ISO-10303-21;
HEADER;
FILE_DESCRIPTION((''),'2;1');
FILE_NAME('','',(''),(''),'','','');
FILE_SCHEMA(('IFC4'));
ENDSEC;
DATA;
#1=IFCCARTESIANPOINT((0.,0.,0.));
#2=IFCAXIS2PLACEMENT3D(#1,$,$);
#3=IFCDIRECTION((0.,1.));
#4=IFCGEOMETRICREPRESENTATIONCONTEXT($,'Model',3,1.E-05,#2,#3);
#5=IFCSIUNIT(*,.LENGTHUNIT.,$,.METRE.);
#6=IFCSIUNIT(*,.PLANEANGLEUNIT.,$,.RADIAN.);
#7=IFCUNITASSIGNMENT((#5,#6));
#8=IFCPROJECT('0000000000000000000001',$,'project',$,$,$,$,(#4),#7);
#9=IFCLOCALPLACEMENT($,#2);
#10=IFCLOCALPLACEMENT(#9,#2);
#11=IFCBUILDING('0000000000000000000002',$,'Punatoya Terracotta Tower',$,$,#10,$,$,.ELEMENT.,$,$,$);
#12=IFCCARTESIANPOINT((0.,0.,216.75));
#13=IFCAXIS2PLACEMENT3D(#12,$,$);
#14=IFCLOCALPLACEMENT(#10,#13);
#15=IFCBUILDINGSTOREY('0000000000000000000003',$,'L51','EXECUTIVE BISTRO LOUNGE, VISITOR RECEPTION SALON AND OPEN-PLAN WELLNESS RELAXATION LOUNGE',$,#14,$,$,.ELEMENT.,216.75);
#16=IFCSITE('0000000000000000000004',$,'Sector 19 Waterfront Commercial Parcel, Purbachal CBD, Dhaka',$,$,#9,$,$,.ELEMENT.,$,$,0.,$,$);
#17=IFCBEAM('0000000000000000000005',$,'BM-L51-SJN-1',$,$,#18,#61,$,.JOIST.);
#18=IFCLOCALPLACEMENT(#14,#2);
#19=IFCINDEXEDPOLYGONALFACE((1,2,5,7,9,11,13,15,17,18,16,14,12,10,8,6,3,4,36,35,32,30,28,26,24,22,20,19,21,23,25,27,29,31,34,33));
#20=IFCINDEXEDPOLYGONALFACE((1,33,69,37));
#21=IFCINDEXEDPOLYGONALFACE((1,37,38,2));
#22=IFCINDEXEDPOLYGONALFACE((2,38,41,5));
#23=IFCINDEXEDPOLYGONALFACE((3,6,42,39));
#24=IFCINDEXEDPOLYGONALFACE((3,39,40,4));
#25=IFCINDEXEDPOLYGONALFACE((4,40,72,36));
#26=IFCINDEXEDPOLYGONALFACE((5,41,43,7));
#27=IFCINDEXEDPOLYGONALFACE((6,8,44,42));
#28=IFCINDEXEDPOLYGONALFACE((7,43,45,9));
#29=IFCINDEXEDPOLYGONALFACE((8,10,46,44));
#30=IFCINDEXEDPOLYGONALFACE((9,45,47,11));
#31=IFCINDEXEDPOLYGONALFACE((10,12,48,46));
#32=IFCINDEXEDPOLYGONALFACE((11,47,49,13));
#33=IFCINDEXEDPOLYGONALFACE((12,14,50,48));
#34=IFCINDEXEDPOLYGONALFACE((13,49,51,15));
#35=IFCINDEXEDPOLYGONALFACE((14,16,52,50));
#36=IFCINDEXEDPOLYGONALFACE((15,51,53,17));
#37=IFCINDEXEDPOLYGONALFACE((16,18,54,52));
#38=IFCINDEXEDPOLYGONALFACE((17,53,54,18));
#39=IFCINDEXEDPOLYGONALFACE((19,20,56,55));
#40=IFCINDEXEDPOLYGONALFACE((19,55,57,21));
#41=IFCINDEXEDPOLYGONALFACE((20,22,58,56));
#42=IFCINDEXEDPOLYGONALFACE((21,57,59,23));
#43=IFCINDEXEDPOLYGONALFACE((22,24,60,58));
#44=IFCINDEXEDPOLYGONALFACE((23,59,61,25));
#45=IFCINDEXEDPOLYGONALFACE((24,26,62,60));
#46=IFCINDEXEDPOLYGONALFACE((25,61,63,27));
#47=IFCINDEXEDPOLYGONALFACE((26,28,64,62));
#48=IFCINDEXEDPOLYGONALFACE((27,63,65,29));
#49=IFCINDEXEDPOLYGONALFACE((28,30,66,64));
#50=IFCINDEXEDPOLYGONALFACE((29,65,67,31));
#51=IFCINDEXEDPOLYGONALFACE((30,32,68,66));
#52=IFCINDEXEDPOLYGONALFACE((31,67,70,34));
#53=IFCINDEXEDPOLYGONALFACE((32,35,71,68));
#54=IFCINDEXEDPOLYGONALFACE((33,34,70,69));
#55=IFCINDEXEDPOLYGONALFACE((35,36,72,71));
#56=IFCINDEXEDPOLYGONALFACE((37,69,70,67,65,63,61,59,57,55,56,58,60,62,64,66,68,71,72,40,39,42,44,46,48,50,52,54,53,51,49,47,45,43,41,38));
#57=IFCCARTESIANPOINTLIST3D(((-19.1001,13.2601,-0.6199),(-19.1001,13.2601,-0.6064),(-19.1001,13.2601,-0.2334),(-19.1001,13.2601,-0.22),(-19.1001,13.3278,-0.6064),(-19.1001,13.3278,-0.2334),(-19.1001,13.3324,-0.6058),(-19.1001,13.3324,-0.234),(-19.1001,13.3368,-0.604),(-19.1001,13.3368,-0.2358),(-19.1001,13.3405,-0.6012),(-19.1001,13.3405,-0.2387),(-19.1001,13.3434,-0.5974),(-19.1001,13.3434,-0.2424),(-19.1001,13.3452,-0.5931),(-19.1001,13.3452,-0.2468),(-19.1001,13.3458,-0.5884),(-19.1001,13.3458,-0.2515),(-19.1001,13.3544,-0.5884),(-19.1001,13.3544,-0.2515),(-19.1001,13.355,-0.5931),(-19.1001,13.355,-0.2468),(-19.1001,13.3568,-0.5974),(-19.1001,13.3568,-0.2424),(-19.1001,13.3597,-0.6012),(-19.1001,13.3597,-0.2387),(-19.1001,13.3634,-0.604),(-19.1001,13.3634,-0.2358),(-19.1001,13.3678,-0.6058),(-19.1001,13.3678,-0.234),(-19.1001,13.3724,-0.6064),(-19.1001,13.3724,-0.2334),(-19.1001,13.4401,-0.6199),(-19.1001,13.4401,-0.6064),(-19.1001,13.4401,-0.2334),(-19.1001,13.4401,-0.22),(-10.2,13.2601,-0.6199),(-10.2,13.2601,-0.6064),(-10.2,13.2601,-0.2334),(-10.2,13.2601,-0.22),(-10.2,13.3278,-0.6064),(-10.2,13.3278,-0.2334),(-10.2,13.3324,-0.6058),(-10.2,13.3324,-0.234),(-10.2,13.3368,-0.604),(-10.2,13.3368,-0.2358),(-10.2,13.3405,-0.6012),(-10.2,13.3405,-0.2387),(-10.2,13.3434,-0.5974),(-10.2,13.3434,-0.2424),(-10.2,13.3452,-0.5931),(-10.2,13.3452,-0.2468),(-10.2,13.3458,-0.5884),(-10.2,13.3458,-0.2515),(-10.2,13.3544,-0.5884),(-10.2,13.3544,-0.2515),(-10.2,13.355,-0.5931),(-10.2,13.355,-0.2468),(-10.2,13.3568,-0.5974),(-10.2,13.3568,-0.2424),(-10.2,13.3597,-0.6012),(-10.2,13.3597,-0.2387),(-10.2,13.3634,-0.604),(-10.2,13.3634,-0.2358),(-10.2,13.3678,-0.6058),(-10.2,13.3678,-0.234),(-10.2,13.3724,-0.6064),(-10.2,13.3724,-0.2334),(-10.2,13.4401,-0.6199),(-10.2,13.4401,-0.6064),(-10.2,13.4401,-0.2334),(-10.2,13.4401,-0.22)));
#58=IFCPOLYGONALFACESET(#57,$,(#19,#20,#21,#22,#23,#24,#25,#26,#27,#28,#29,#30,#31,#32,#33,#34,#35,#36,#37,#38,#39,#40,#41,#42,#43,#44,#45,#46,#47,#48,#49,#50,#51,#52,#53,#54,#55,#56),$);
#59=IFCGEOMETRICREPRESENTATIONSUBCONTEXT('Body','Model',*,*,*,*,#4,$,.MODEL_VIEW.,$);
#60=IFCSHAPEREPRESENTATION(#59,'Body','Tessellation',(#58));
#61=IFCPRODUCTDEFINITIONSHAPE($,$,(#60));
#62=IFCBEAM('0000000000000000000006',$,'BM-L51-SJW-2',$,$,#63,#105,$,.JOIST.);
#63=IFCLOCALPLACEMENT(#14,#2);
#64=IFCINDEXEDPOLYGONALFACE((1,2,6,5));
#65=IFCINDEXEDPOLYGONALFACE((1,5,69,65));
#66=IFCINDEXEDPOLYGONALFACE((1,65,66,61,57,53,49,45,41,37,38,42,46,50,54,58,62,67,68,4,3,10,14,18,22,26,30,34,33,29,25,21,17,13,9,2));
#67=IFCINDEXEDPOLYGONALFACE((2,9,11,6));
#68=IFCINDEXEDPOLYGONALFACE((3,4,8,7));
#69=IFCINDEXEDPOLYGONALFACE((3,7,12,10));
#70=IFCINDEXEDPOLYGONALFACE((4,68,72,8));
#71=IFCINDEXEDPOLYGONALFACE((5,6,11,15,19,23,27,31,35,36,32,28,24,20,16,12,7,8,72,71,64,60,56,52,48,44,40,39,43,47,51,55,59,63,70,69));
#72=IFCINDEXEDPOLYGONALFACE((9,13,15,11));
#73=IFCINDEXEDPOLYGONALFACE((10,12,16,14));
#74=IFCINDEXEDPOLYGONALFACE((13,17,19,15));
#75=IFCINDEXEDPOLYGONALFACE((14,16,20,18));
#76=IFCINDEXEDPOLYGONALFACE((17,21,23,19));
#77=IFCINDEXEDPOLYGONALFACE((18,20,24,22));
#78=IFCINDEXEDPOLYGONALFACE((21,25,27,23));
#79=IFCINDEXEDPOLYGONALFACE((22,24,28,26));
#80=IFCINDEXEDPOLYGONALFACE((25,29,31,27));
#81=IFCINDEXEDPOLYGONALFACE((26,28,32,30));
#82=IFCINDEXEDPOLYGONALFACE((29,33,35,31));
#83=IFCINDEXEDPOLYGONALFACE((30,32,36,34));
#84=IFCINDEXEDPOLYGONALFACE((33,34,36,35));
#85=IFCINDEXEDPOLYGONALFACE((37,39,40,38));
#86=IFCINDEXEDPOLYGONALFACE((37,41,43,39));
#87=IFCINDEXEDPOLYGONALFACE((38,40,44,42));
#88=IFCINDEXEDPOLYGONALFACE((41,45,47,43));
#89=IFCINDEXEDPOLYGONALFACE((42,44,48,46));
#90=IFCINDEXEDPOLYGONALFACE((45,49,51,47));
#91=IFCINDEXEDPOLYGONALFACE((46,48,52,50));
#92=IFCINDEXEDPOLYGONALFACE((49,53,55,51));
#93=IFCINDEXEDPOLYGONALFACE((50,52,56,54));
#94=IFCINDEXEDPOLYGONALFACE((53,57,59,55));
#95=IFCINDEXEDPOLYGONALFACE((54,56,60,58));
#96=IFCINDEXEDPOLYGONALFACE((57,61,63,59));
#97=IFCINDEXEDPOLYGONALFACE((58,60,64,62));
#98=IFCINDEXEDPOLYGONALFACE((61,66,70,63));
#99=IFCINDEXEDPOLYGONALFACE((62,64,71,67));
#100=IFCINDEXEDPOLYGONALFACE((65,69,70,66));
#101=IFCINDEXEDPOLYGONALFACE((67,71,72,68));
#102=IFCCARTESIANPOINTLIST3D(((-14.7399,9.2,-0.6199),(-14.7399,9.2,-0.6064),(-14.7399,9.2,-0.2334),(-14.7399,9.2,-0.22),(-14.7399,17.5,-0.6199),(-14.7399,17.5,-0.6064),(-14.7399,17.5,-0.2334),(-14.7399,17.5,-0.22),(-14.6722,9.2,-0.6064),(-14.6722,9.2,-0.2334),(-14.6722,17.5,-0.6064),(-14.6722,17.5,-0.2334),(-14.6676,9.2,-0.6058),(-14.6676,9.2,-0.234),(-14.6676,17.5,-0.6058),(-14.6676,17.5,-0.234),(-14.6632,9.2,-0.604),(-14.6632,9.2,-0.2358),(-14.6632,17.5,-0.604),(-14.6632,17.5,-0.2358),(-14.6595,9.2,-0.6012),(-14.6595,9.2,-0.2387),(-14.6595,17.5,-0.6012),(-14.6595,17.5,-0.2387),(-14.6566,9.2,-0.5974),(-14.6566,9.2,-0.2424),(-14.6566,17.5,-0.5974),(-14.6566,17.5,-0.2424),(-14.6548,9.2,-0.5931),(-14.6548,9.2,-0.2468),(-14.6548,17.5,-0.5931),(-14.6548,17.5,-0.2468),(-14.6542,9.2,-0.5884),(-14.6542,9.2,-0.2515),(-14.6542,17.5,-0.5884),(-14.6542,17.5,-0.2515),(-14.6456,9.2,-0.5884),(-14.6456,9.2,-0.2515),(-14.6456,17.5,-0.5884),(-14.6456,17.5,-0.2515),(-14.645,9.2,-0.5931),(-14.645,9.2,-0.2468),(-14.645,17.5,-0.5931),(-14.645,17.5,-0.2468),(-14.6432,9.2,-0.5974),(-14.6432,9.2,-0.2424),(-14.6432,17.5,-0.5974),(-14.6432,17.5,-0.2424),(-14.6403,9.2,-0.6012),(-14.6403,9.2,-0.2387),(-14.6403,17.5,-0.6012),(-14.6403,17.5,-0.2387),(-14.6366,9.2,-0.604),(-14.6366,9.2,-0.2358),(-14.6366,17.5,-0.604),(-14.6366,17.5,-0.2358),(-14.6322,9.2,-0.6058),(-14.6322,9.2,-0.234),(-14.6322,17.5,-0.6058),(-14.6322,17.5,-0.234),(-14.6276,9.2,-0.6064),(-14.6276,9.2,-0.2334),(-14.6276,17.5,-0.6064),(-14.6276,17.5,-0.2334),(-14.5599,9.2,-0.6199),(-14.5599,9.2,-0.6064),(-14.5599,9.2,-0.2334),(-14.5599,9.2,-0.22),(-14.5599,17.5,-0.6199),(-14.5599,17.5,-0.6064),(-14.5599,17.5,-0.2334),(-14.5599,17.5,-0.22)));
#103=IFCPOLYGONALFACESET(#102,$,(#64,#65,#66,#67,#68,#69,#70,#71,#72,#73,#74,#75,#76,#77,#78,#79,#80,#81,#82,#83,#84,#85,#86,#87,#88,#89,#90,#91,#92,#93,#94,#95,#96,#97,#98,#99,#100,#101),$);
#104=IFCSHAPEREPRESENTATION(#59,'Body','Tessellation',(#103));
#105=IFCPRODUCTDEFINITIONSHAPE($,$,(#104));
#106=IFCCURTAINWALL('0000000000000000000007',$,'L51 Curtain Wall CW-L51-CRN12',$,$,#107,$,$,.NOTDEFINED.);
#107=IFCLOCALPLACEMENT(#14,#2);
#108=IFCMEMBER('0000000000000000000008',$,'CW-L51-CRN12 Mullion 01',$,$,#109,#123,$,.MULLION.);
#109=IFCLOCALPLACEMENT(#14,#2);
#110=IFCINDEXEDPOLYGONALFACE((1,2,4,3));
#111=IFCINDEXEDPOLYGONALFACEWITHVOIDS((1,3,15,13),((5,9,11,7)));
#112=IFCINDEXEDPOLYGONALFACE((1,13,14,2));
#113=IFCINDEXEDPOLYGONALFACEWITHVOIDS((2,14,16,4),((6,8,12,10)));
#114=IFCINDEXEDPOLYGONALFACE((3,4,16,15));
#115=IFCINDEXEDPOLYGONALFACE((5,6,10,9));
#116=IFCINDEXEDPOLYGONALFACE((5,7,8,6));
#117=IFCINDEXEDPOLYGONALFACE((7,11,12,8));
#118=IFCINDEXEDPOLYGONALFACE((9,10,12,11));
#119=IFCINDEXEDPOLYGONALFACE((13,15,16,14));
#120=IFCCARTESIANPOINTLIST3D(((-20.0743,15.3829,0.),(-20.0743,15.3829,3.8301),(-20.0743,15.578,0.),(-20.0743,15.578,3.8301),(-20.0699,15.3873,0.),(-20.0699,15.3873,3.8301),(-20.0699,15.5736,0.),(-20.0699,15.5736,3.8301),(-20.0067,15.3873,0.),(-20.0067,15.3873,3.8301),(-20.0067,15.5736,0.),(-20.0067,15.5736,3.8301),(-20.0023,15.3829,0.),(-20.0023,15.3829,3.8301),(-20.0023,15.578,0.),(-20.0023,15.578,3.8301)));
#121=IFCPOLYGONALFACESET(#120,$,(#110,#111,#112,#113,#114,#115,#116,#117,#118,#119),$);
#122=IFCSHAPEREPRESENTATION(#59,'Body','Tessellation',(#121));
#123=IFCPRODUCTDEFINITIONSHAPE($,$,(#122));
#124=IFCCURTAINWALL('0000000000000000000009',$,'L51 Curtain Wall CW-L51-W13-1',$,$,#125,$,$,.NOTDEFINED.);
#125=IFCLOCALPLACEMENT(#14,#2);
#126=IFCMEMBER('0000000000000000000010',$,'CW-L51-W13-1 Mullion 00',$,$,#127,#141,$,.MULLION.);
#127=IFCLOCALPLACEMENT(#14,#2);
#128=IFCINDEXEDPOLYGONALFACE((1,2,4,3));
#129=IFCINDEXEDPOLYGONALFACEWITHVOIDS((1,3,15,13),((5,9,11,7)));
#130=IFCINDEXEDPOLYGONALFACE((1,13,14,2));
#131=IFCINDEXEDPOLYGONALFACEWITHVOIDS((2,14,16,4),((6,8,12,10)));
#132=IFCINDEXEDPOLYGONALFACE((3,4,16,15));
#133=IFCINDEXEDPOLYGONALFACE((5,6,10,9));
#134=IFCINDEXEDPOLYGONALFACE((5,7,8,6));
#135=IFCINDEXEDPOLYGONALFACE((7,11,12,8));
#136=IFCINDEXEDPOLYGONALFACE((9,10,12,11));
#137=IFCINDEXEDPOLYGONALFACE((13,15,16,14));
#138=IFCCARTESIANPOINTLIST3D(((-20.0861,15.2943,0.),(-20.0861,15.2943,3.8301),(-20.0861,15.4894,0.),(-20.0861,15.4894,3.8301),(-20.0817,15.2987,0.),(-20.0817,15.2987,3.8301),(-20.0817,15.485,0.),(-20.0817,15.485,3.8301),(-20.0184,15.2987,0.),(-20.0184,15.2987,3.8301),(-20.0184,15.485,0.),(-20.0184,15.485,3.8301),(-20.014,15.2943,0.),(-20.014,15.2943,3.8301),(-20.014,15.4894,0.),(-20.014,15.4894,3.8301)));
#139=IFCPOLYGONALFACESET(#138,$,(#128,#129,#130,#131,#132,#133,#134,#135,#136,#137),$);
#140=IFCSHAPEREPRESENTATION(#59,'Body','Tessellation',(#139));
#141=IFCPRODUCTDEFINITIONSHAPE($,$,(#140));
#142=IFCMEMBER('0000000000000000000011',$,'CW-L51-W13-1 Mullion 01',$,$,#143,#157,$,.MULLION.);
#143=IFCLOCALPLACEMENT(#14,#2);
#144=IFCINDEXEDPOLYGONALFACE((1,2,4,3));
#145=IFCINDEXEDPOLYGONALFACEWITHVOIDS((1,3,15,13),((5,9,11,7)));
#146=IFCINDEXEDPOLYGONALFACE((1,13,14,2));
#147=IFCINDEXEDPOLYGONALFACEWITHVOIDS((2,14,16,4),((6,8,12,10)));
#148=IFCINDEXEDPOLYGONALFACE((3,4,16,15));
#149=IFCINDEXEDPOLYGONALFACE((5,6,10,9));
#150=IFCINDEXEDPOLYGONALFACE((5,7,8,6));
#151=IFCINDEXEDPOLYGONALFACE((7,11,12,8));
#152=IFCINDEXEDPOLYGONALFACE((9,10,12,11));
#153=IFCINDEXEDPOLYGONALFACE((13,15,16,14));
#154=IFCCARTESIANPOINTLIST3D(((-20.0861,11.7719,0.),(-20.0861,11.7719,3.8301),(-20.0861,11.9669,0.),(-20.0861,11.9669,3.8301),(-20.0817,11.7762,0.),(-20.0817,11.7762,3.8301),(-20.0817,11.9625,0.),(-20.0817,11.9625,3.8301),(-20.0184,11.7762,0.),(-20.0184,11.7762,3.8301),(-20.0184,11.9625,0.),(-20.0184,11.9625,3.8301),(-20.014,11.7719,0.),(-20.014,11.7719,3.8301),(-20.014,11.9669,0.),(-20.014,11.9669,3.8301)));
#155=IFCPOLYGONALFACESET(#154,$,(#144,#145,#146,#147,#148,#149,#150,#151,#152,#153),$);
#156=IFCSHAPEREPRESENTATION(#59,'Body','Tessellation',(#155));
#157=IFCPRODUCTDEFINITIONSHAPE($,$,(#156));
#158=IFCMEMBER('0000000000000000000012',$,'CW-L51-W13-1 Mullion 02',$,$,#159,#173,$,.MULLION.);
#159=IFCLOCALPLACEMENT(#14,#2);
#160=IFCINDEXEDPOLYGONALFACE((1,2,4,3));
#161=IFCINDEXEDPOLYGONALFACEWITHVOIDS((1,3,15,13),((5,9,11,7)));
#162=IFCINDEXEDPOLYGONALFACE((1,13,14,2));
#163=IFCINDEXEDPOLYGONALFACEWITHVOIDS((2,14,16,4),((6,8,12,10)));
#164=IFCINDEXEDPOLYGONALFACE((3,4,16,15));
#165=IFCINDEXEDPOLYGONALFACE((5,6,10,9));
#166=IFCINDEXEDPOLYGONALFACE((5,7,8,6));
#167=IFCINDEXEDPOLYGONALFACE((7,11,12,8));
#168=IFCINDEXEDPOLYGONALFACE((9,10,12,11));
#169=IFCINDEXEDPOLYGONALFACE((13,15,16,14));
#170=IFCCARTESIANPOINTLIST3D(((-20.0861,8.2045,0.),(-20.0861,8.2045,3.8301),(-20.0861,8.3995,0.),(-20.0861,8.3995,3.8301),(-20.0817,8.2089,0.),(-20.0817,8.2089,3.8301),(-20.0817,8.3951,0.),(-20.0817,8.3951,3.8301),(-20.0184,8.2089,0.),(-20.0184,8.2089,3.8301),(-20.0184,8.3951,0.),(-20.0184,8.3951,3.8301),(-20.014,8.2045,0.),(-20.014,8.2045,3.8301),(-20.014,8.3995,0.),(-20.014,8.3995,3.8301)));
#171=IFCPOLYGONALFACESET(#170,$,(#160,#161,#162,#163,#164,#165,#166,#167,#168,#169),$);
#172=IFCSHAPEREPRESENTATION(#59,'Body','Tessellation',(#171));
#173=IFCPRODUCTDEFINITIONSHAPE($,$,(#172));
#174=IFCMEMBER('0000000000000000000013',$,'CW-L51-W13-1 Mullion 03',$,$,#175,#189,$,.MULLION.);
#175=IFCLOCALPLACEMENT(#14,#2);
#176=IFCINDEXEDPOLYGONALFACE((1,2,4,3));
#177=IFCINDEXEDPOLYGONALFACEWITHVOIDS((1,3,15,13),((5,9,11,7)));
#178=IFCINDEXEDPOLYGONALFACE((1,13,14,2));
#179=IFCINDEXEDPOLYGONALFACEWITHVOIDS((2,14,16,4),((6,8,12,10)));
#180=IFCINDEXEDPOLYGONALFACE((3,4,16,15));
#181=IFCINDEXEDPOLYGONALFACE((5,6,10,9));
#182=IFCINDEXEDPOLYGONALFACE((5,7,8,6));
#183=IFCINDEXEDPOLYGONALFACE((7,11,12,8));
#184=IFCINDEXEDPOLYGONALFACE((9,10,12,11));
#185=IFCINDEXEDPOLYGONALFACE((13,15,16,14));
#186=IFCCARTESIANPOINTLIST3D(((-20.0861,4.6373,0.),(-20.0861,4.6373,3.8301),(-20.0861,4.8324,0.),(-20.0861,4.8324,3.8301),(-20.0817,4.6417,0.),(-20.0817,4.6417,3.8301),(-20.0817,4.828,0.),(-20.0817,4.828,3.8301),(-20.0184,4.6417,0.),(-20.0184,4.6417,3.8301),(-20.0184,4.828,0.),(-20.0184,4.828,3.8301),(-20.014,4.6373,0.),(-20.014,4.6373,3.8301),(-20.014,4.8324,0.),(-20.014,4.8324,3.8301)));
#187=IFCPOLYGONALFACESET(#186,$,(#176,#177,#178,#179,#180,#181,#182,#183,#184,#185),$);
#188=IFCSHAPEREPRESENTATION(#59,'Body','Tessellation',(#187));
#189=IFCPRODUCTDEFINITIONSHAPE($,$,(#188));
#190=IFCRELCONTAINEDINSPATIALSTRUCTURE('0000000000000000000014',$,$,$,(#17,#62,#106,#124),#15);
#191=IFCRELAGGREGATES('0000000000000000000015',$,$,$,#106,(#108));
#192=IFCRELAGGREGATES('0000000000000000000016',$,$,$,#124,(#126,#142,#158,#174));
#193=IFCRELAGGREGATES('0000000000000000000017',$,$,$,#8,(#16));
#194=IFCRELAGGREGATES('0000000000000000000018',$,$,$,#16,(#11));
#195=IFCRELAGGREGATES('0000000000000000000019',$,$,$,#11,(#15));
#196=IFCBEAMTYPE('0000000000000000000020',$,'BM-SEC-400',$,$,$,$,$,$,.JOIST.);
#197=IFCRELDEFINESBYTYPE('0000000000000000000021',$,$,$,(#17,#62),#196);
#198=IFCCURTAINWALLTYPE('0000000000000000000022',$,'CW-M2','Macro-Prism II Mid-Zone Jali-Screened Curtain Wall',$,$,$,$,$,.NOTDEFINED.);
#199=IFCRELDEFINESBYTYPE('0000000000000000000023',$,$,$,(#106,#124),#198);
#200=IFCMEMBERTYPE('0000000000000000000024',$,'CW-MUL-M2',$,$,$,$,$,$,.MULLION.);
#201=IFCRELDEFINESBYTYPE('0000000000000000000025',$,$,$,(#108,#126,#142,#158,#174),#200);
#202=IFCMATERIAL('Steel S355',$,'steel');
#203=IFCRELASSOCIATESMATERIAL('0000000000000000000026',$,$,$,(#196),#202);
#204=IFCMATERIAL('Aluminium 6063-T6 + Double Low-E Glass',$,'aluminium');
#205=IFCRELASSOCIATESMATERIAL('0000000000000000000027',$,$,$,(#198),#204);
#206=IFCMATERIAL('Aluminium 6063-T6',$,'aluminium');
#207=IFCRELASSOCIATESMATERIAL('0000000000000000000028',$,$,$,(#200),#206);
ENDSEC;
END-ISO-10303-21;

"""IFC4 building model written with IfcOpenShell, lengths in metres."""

from ifc_helpers import new_model, si_unit, direction, frame, origin, origin_2d, place, context, subcontext, project, spatial, hollow_rectangle, i_section, extrude, material, material_profile, profile_set, type_object, element, aggregate, save


model = new_model("IFC4")

# Units and contexts
model_context = context("Model", 3, precision=1e-05, world=origin(), true_north=direction((0.0, 1.0)))
body_context = subcontext(model_context, "Body", "Model", "MODEL_VIEW")
ifc_project = project(units=[si_unit("LENGTHUNIT", "METRE"), si_unit("PLANEANGLEUNIT", "RADIAN")], contexts=[model_context])

# Site, building, storey
site_placement = place(None, origin())
site = spatial("IfcSite", under=ifc_project, at=site_placement, Name="Sector 19 Waterfront Commercial Parcel, Purbachal CBD, Dhaka", CompositionType="ELEMENT", RefElevation=0.0)
building_placement = place(site_placement, origin())
building = spatial("IfcBuilding", under=site, at=building_placement, Name="Punatoya Terracotta Tower", CompositionType="ELEMENT")
storey_placement = place(building_placement, frame((0.0, 0.0, 216.75)))
storey = spatial("IfcBuildingStorey", under=building, at=storey_placement, Name="L51", Description="EXECUTIVE BISTRO LOUNGE, VISITOR RECEPTION SALON AND OPEN-PLAN WELLNESS RELAXATION LOUNGE", CompositionType="ELEMENT", Elevation=216.75)

# Beams
ifc_material_1 = material(Name="Steel S355", Category="steel")
ifc_material_profile_1 = material_profile(ifc_material_1, i_section(OverallWidth=0.1799, OverallDepth=0.3999, WebThickness=0.0085, FlangeThickness=0.0134, FilletRadius=0.0181, at=origin_2d()))
ifc_profile_set_1 = profile_set([ifc_material_profile_1], Name="Steel S355")
beam_type_1 = type_object("IfcBeamType", Name="BM-SEC-400", PredefinedType="JOIST", material=ifc_profile_set_1)
beam_1_placement = place(storey_placement, frame((-19.1001, 13.3501, -0.4199), z_axis=(1.0, 0.0, 0.0), x_axis=(0.0, 1.0, 0.0)))
element("IfcBeam", 1, at=beam_1_placement, inside=storey, type_object=beam_type_1, Name="BM-L51-SJN-1", PredefinedType="JOIST", context=body_context, shape_type="SweptSolid", body=[
    extrude(i_section(OverallWidth=0.1799, OverallDepth=0.3999, WebThickness=0.0085, FlangeThickness=0.0134, FilletRadius=0.0181, at=origin_2d()), origin(), (0.0, 0.0, 1.0), 8.9001),
])
beam_2_placement = place(storey_placement, frame((-14.6499, 9.2, -0.4199), z_axis=(0.0, 1.0, 0.0), x_axis=(-1.0, 0.0, 0.0)))
element("IfcBeam", 2, at=beam_2_placement, inside=storey, type_object=beam_type_1, Name="BM-L51-SJW-2", PredefinedType="JOIST", context=body_context, shape_type="SweptSolid", body=[
    extrude(i_section(OverallWidth=0.1799, OverallDepth=0.3999, WebThickness=0.0085, FlangeThickness=0.0134, FilletRadius=0.0181, at=origin_2d()), origin(), (0.0, 0.0, 1.0), 8.3),
])

# Curtain wall, member
ifc_material_2 = material(Name="Aluminium 6063-T6 + Double Low-E Glass", Category="aluminium")
curtain_wall_type = type_object("IfcCurtainWallType", Name="CW-M2", Description="Macro-Prism II Mid-Zone Jali-Screened Curtain Wall", PredefinedType="NOTDEFINED", material=ifc_material_2)
curtain_wall_1_placement = place(storey_placement, origin())
curtain_wall_1 = element("IfcCurtainWall", 3, at=curtain_wall_1_placement, inside=storey, type_object=curtain_wall_type, Name="L51 Curtain Wall CW-L51-CRN12", PredefinedType="NOTDEFINED")
ifc_material_3 = material(Name="Aluminium 6063-T6", Category="aluminium")
ifc_material_profile_2 = material_profile(ifc_material_3, hollow_rectangle(XDim=0.072, YDim=0.1951, WallThickness=0.0044, at=origin_2d()))
ifc_profile_set_2 = profile_set([ifc_material_profile_2], Name="Aluminium 6063-T6")
member_type_1 = type_object("IfcMemberType", Name="CW-MUL-M2", PredefinedType="MULLION", material=ifc_profile_set_2)
member_1_placement = place(storey_placement, frame((-20.0383, 15.4805, 0.0), z_axis=(0.0, 0.0, 1.0), x_axis=(1.0, 0.0, 0.0)))
member_1 = element("IfcMember", 4, at=member_1_placement, type_object=member_type_1, Name="CW-L51-CRN12 Mullion 01", PredefinedType="MULLION", context=body_context, shape_type="SweptSolid", body=[
    extrude(hollow_rectangle(XDim=0.072, YDim=0.1951, WallThickness=0.0044, at=origin_2d()), origin(), (0.0, 0.0, 1.0), 3.8301),
])
aggregate(curtain_wall_1, [member_1])

# Curtain wall, members
curtain_wall_2_placement = place(storey_placement, origin())
curtain_wall_2 = element("IfcCurtainWall", 5, at=curtain_wall_2_placement, inside=storey, type_object=curtain_wall_type, Name="L51 Curtain Wall CW-L51-W13-1", PredefinedType="NOTDEFINED")
member_2_placement = place(storey_placement, frame((-20.05, 15.3918, 0.0), z_axis=(0.0, 0.0, 1.0), x_axis=(1.0, 0.0, 0.0)))
member_2 = element("IfcMember", 6, at=member_2_placement, type_object=member_type_1, Name="CW-L51-W13-1 Mullion 00", PredefinedType="MULLION", context=body_context, shape_type="SweptSolid", body=[
    extrude(hollow_rectangle(XDim=0.072, YDim=0.1951, WallThickness=0.0044, at=origin_2d()), origin(), (0.0, 0.0, 1.0), 3.8301),
])
member_3_placement = place(storey_placement, frame((-20.05, 11.8694, 0.0), z_axis=(0.0, 0.0, 1.0), x_axis=(1.0, 0.0, 0.0)))
member_3 = element("IfcMember", 7, at=member_3_placement, type_object=member_type_1, Name="CW-L51-W13-1 Mullion 01", PredefinedType="MULLION", context=body_context, shape_type="SweptSolid", body=[
    extrude(hollow_rectangle(XDim=0.072, YDim=0.1951, WallThickness=0.0044, at=origin_2d()), origin(), (0.0, 0.0, 1.0), 3.8301),
])
member_4_placement = place(storey_placement, frame((-20.05, 8.302, 0.0), z_axis=(0.0, 0.0, 1.0), x_axis=(1.0, 0.0, 0.0)))
member_4 = element("IfcMember", 8, at=member_4_placement, type_object=member_type_1, Name="CW-L51-W13-1 Mullion 02", PredefinedType="MULLION", context=body_context, shape_type="SweptSolid", body=[
    extrude(hollow_rectangle(XDim=0.072, YDim=0.1951, WallThickness=0.0044, at=origin_2d()), origin(), (0.0, 0.0, 1.0), 3.8301),
])
member_5_placement = place(storey_placement, frame((-20.05, 4.7349, 0.0), z_axis=(0.0, 0.0, 1.0), x_axis=(1.0, 0.0, 0.0)))
member_5 = element("IfcMember", 9, at=member_5_placement, type_object=member_type_1, Name="CW-L51-W13-1 Mullion 03", PredefinedType="MULLION", context=body_context, shape_type="SweptSolid", body=[
    extrude(hollow_rectangle(XDim=0.072, YDim=0.1951, WallThickness=0.0044, at=origin_2d()), origin(), (0.0, 0.0, 1.0), 3.8301),
])
aggregate(curtain_wall_2, [member_2, member_3, member_4, member_5])

save(model, "model.ifc")
